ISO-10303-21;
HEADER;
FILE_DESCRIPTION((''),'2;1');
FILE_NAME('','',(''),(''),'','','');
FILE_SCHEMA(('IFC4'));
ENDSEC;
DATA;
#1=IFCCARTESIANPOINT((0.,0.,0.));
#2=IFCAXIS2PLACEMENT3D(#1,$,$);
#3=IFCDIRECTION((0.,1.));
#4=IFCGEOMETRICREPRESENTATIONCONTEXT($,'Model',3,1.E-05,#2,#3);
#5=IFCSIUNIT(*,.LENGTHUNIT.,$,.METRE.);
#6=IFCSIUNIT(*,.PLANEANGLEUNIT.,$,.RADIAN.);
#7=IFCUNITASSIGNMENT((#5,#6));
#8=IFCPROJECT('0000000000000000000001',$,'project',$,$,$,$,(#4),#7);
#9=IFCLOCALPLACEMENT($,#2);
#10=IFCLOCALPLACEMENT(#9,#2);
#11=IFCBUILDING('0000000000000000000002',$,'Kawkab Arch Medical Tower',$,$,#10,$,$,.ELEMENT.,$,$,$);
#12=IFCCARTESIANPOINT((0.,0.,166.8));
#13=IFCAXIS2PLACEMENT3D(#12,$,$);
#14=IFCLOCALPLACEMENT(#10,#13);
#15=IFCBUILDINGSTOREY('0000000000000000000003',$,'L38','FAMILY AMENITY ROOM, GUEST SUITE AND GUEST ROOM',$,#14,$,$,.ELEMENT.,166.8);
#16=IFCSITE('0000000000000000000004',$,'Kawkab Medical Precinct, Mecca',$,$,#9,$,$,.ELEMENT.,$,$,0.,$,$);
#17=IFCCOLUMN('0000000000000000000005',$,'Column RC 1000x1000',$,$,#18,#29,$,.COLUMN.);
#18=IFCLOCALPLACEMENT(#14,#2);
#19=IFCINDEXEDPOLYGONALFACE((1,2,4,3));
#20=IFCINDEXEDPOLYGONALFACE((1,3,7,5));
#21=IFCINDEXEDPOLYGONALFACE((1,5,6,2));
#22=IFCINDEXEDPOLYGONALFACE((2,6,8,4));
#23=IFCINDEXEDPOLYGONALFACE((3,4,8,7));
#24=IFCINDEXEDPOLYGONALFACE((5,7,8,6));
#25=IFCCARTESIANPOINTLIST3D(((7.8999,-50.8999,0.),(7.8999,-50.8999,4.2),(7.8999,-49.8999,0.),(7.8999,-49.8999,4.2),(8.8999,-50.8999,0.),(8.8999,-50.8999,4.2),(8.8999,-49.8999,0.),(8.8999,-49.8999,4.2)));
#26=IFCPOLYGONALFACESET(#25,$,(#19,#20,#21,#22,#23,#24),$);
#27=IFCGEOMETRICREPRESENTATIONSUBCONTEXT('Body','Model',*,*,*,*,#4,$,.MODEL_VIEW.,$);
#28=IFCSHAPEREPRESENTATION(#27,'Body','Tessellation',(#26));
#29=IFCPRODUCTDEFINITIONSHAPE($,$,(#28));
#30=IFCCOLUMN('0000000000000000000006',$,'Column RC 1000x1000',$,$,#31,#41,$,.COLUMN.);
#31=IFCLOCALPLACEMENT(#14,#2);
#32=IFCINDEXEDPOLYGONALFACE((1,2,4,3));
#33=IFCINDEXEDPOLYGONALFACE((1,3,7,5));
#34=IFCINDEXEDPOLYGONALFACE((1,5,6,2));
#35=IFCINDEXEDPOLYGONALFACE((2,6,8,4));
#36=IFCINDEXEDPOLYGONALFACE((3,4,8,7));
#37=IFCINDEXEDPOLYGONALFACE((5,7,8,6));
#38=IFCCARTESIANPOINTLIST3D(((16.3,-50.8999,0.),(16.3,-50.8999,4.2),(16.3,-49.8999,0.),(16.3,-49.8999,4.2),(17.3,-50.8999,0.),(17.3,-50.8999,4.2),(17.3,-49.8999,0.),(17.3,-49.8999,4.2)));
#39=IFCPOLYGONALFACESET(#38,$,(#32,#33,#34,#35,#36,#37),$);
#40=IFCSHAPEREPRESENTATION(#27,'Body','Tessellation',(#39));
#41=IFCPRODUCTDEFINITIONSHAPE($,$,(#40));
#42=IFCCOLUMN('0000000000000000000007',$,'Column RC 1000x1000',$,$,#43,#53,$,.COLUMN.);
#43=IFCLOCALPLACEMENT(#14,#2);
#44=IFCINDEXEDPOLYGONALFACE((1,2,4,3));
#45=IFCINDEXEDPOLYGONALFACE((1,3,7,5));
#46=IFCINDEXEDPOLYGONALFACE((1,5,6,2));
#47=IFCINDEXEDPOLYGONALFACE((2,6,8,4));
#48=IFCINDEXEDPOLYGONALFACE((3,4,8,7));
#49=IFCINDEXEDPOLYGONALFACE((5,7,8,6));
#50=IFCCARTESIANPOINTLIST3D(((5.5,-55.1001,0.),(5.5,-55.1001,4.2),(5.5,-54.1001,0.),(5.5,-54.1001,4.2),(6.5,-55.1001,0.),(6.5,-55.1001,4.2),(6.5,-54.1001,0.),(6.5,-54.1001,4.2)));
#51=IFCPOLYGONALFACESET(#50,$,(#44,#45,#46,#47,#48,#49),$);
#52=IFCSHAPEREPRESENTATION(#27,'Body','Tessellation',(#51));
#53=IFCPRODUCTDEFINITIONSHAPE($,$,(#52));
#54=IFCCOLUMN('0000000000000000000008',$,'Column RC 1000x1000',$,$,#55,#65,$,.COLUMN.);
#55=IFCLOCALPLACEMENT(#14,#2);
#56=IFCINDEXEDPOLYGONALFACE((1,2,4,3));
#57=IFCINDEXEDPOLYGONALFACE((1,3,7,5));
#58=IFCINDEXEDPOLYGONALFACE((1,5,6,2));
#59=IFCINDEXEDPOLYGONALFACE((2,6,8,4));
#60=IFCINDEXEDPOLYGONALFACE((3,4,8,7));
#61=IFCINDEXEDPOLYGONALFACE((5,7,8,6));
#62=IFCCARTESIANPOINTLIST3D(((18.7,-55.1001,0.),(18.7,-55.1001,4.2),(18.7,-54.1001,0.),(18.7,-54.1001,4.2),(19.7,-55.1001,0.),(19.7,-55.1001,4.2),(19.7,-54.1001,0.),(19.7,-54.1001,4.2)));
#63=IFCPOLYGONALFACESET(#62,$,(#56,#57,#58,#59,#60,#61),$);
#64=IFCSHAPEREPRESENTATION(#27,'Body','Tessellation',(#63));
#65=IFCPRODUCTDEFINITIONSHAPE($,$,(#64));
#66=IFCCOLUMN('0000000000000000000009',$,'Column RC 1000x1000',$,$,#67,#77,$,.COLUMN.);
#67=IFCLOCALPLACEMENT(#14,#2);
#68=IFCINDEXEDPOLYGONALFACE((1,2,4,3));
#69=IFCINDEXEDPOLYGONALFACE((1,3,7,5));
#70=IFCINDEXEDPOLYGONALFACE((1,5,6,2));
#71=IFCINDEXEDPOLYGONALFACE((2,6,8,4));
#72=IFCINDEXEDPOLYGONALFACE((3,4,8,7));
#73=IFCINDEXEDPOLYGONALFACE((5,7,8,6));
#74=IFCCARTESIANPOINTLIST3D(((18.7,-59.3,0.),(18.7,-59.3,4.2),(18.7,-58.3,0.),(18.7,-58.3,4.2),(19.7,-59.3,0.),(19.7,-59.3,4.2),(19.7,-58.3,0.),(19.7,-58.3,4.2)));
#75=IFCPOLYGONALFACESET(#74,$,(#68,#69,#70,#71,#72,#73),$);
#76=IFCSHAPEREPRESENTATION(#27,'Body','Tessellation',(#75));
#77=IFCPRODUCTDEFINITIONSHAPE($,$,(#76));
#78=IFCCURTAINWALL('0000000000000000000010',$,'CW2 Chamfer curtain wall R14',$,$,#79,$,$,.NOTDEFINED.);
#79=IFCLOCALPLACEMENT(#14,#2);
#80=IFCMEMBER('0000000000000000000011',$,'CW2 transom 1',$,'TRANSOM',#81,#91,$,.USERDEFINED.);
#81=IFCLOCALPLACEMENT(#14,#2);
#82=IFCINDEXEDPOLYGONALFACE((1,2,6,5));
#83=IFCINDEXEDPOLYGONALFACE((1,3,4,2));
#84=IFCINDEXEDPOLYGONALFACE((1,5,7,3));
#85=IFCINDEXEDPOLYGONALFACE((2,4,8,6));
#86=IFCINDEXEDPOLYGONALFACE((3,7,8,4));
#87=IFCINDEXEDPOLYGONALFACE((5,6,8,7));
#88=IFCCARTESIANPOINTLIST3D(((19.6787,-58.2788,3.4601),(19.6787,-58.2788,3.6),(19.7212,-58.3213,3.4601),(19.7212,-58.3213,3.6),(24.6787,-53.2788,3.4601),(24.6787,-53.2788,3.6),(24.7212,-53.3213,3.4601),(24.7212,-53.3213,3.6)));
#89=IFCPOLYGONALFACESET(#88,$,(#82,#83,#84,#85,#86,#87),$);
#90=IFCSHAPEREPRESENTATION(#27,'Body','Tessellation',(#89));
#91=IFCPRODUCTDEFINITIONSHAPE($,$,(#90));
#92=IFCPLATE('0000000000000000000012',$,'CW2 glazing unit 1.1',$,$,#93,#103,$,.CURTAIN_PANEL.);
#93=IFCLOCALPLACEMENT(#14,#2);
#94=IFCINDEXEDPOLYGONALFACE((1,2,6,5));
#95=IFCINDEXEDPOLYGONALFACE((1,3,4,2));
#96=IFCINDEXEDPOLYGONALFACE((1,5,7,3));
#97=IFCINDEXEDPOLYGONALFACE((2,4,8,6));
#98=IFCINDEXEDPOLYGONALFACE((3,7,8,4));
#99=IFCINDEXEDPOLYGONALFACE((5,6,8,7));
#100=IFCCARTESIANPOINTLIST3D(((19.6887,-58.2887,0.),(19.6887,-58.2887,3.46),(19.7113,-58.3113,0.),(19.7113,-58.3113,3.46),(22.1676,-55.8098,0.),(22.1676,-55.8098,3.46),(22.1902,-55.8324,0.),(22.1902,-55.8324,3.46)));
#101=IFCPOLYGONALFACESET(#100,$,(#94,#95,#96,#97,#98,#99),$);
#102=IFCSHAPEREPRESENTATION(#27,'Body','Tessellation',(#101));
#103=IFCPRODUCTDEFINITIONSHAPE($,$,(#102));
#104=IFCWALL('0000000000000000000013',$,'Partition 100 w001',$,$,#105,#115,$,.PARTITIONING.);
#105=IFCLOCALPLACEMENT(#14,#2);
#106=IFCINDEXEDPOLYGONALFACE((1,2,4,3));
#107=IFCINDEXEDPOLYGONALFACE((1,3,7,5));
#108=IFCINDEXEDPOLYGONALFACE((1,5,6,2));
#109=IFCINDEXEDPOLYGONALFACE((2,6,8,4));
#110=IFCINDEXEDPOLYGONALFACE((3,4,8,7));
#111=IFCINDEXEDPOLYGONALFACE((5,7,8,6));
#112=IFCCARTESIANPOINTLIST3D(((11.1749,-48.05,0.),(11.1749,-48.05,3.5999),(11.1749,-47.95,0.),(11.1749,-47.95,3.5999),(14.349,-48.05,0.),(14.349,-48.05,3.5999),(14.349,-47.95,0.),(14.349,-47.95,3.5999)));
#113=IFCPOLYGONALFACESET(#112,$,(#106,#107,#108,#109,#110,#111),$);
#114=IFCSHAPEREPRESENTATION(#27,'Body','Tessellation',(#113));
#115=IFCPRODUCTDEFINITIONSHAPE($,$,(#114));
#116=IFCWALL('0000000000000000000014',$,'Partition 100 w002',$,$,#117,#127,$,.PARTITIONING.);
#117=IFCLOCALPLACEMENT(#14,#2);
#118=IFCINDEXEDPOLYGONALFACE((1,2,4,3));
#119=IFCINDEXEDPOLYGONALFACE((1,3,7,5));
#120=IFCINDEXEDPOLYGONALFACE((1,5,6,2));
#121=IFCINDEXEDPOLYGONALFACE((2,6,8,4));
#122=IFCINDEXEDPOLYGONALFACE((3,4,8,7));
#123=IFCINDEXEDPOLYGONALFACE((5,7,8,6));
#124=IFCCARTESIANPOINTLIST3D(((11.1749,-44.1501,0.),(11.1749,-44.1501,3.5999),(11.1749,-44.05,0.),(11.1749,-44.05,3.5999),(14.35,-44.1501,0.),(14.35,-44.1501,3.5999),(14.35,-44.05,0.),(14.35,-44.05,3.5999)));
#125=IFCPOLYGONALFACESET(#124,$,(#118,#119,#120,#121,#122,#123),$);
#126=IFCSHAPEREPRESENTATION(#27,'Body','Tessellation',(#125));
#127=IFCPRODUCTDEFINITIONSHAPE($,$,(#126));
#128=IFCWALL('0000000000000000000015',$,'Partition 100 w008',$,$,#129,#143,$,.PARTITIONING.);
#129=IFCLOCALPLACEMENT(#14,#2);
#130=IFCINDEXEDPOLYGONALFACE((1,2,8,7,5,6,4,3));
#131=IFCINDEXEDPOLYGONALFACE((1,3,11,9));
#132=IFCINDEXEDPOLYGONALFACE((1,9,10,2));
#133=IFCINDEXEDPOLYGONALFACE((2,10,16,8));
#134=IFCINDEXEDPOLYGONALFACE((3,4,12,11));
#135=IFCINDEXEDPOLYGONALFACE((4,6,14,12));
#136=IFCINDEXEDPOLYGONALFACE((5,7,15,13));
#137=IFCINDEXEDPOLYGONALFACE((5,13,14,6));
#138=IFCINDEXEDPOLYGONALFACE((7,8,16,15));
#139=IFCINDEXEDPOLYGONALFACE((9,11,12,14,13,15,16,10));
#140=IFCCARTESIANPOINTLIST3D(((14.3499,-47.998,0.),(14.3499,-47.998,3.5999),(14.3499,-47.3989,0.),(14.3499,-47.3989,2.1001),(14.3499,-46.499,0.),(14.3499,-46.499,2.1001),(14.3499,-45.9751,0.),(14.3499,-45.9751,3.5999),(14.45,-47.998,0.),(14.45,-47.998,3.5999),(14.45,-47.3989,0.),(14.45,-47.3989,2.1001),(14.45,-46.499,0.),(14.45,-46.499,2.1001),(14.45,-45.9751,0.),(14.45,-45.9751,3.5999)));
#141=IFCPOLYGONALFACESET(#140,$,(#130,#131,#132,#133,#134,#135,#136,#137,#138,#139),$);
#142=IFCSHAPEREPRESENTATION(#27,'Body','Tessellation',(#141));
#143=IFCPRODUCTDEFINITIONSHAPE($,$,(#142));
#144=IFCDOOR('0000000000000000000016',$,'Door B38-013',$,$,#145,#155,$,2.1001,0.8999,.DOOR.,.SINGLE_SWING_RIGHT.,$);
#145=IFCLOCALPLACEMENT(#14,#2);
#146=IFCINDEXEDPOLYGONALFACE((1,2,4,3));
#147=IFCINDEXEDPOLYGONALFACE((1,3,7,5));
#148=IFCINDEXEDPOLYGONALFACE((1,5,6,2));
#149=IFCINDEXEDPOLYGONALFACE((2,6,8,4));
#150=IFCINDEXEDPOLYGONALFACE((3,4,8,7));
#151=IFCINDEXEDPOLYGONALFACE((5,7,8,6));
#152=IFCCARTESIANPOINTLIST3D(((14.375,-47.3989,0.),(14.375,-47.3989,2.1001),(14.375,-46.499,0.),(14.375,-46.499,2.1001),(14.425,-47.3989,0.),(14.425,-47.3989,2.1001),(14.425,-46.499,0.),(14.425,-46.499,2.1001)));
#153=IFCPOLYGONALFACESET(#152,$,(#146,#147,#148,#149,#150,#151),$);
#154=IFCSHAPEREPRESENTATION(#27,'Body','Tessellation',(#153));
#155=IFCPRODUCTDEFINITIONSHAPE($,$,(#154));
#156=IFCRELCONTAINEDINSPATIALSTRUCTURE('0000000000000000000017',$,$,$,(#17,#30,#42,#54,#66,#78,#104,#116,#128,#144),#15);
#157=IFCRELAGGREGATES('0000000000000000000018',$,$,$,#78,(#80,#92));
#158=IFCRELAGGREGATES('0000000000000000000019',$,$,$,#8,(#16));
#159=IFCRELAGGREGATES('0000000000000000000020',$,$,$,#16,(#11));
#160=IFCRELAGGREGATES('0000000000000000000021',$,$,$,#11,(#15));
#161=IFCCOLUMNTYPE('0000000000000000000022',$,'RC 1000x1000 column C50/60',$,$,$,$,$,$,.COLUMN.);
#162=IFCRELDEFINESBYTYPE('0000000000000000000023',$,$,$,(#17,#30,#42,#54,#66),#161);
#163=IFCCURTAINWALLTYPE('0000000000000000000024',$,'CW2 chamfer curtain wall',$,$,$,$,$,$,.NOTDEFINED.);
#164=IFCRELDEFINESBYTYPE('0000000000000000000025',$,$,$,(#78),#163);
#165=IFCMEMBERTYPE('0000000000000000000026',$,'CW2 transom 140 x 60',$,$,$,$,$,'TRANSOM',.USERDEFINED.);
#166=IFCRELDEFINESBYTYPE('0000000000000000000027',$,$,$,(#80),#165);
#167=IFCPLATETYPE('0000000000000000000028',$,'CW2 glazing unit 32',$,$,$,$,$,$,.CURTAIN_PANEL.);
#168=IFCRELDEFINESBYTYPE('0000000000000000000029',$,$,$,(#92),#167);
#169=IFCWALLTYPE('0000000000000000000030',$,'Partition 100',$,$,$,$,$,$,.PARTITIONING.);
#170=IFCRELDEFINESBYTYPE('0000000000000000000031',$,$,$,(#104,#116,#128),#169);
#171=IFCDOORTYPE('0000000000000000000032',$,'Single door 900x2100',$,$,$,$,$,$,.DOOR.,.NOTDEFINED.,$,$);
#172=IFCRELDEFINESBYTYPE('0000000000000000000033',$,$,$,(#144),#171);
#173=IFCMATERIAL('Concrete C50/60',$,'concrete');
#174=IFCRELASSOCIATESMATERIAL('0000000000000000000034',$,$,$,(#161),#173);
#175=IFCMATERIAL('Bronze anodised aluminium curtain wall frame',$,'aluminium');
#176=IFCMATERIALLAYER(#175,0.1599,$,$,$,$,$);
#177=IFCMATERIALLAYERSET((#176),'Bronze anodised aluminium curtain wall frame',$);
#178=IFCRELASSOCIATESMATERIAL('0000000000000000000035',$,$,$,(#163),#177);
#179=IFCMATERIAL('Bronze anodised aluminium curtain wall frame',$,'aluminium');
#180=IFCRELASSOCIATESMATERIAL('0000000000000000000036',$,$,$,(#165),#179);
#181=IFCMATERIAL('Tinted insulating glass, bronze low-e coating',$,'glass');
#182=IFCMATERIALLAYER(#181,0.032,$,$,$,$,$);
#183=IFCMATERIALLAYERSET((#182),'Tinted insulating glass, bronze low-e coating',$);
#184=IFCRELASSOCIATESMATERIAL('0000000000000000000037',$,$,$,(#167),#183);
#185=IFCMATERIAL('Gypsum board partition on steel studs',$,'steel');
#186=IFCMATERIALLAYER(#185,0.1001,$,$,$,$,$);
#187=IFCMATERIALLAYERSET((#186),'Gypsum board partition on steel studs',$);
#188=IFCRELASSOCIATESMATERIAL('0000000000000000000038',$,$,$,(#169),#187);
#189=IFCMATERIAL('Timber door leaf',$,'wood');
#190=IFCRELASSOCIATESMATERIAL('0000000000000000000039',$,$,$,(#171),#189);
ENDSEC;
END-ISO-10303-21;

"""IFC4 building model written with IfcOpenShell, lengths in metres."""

from ifc_helpers import new_model, si_unit, direction, frame, frame_2d, origin, origin_2d, place, context, subcontext, project, spatial, rectangle, extrude, material, layer, layer_set, material_profile, profile_set, type_object, element, fill, aggregate, save


model = new_model("IFC4")

# Units and contexts
model_context = context("Model", 3, precision=1e-05, world=origin(), true_north=direction((0.0, 1.0)))
body_context = subcontext(model_context, "Body", "Model", "MODEL_VIEW")
ifc_project = project(units=[si_unit("LENGTHUNIT", "METRE"), si_unit("PLANEANGLEUNIT", "RADIAN")], contexts=[model_context])

# Site, building, storey
site_placement = place(None, origin())
site = spatial("IfcSite", under=ifc_project, at=site_placement, Name="Kawkab Medical Precinct, Mecca", CompositionType="ELEMENT", RefElevation=0.0)
building_placement = place(site_placement, origin())
building = spatial("IfcBuilding", under=site, at=building_placement, Name="Kawkab Arch Medical Tower", CompositionType="ELEMENT")
storey_placement = place(building_placement, frame((0.0, 0.0, 166.8)))
storey = spatial("IfcBuildingStorey", under=building, at=storey_placement, Name="L38", Description="FAMILY AMENITY ROOM, GUEST SUITE AND GUEST ROOM", CompositionType="ELEMENT", Elevation=166.8)

# Columns
ifc_material_1 = material(Name="Concrete C50/60", Category="concrete")
ifc_material_profile_1 = material_profile(ifc_material_1, rectangle(XDim=1.0, YDim=1.0, at=origin_2d()), Name="RC 1000x1000")
ifc_profile_set_1 = profile_set([ifc_material_profile_1], Name="Concrete C50/60")
column_type = type_object("IfcColumnType", Name="RC 1000x1000 column C50/60", PredefinedType="COLUMN", material=ifc_profile_set_1)
for number, where, z_axis, x_axis, name in (
    (1, (8.3999, -50.3999, 0.0), (0.0, 0.0, 1.0), (1.0, 0.0, 0.0), "Column RC 1000x1000"),
    (2, (16.8, -50.3999, 0.0), (0.0, 0.0, 1.0), (1.0, 0.0, 0.0), "Column RC 1000x1000"),
    (3, (6.0, -54.6001, 0.0), (0.0, 0.0, 1.0), (1.0, 0.0, 0.0), "Column RC 1000x1000"),
    (4, (19.2, -54.6001, 0.0), (0.0, 0.0, 1.0), (1.0, 0.0, 0.0), "Column RC 1000x1000"),
    (5, (19.2, -58.8, 0.0), (0.0, 0.0, 1.0), (1.0, 0.0, 0.0), "Column RC 1000x1000"),
):
    element("IfcColumn", number, at=place(storey_placement, frame(where, z_axis=z_axis, x_axis=x_axis)), inside=storey, type_object=column_type, Name=name, PredefinedType="COLUMN", context=body_context, shape_type="SweptSolid", body=[
        extrude(rectangle(XDim=1.0, YDim=1.0, at=origin_2d()), origin(), (0.0, 0.0, 1.0), 4.2),
    ])

# Curtain wall, member, plate
ifc_material_2 = material(Name="Bronze anodised aluminium curtain wall frame", Category="aluminium")
ifc_layer_1 = layer(ifc_material_2, 0.1599)
ifc_layer_set_1 = layer_set([ifc_layer_1], Name="Bronze anodised aluminium curtain wall frame")
curtain_wall_type = type_object("IfcCurtainWallType", Name="CW2 chamfer curtain wall", PredefinedType="NOTDEFINED", material=ifc_layer_set_1)
curtain_wall_placement = place(storey_placement, origin())
curtain_wall = element("IfcCurtainWall", 6, at=curtain_wall_placement, inside=storey, type_object=curtain_wall_type, Name="CW2 Chamfer curtain wall R14", PredefinedType="NOTDEFINED")
ifc_material_3 = material(Name="Bronze anodised aluminium curtain wall frame", Category="aluminium")
ifc_material_profile_2 = material_profile(ifc_material_3, rectangle(XDim=0.0601, YDim=0.1399, at=origin_2d()), Name="AL 60x140")
ifc_profile_set_2 = profile_set([ifc_material_profile_2], Name="Bronze anodised aluminium curtain wall frame")
member_type = type_object("IfcMemberType", Name="CW2 transom 140 x 60", ElementType="TRANSOM", PredefinedType="USERDEFINED", material=ifc_profile_set_2)
member_placement = place(storey_placement, frame((19.7, -58.3, 3.53), z_axis=(0.707107, 0.707107, 0.0), x_axis=(-0.707107, 0.707107, 0.0)))
member = element("IfcMember", 7, at=member_placement, type_object=member_type, Name="CW2 transom 1", ObjectType="TRANSOM", PredefinedType="USERDEFINED", context=body_context, shape_type="SweptSolid", body=[
    extrude(rectangle(XDim=0.0601, YDim=0.1399, at=origin_2d()), origin(), (0.0, 0.0, 1.0), 7.071),
])
ifc_material_4 = material(Name="Tinted insulating glass, bronze low-e coating", Category="glass")
ifc_layer_2 = layer(ifc_material_4, 0.032)
ifc_layer_set_2 = layer_set([ifc_layer_2], Name="Tinted insulating glass, bronze low-e coating")
plate_type = type_object("IfcPlateType", Name="CW2 glazing unit 32", PredefinedType="CURTAIN_PANEL", material=ifc_layer_set_2)
plate_placement = place(storey_placement, frame((20.9395, -57.0605, 0.0), z_axis=(0.0, 0.0, 1.0), x_axis=(0.707107, 0.707107, 0.0)))
plate = element("IfcPlate", 8, at=plate_placement, type_object=plate_type, Name="CW2 glazing unit 1.1", PredefinedType="CURTAIN_PANEL", context=body_context, shape_type="SweptSolid", body=[
    extrude(rectangle(XDim=3.5056, YDim=0.032, at=origin_2d()), origin(), (0.0, 0.0, 1.0), 3.46),
])
aggregate(curtain_wall, [member, plate])

# Walls
ifc_material_5 = material(Name="Gypsum board partition on steel studs", Category="steel")
ifc_layer_3 = layer(ifc_material_5, 0.1001)
ifc_layer_set_3 = layer_set([ifc_layer_3], Name="Gypsum board partition on steel studs")
wall_type_1 = type_object("IfcWallType", Name="Partition 100", PredefinedType="PARTITIONING", material=ifc_layer_set_3)
wall_1_placement = place(storey_placement, frame((11.175, -48.0, 0.0), z_axis=(0.0, 0.0, 1.0), x_axis=(1.0, 0.0, 0.0)))
element("IfcWall", 9, at=wall_1_placement, inside=storey, type_object=wall_type_1, Name="Partition 100 w001", PredefinedType="PARTITIONING", context=body_context, shape_type="SweptSolid", body=[
    extrude(rectangle(XDim=3.1741, YDim=0.1001, at=frame_2d((1.5869, 0.0))), origin(), (0.0, 0.0, 1.0), 3.5999),
])
wall_2_placement = place(storey_placement, frame((11.175, -44.1001, 0.0), z_axis=(0.0, 0.0, 1.0), x_axis=(1.0, 0.0, 0.0)))
element("IfcWall", 10, at=wall_2_placement, inside=storey, type_object=wall_type_1, Name="Partition 100 w002", PredefinedType="PARTITIONING", context=body_context, shape_type="SweptSolid", body=[
    extrude(rectangle(XDim=3.175, YDim=0.1001, at=frame_2d((1.5874, 0.0))), origin(), (0.0, 0.0, 1.0), 3.5999),
])

# Wall, opening, door
wall_3_placement = place(storey_placement, frame((14.3999, -47.998, 0.0), z_axis=(0.0, 0.0, 1.0), x_axis=(0.0, 1.0, 0.0)))
wall_3 = element("IfcWall", 11, at=wall_3_placement, inside=storey, type_object=wall_type_1, Name="Partition 100 w008", PredefinedType="PARTITIONING", context=body_context, shape_type="SweptSolid", body=[
    extrude(rectangle(XDim=2.0229, YDim=0.1001, at=frame_2d((1.0115, 0.0))), origin(), (0.0, 0.0, 1.0), 3.5999),
])
opening_1_placement = place(wall_3_placement, frame((0.5991, 0.0, 0.0)))
opening_1 = element("IfcOpeningElement", 12, at=opening_1_placement, cuts=wall_3, PredefinedType="OPENING", context=body_context, shape_type="SweptSolid", body=[
    extrude(rectangle(XDim=0.8999, YDim=2.1001, at=frame_2d((0.45, 1.05))), frame((0.0, 0.0601, 0.0), z_axis=(0.0, -1.0, 0.0), x_axis=(1.0, 0.0, 0.0)), (0.0, 0.0, 1.0), 0.1201),
])
ifc_material_6 = material(Name="Timber door leaf", Category="wood")
door_type_1 = type_object("IfcDoorType", Name="Single door 900x2100", OperationType="NOTDEFINED", PredefinedType="DOOR", material=ifc_material_6)
door_1_placement = place(opening_1_placement, origin())
door_1 = element("IfcDoor", 13, at=door_1_placement, inside=storey, type_object=door_type_1, Name="Door B38-013", OperationType="SINGLE_SWING_RIGHT", OverallHeight=2.1001, OverallWidth=0.8999, PredefinedType="DOOR", context=body_context, shape_type="SweptSolid", body=[
    extrude(rectangle(XDim=0.8999, YDim=2.1001, at=frame_2d((0.45, 1.05))), frame((0.0, 0.0249, 0.0), z_axis=(0.0, -1.0, 0.0), x_axis=(1.0, 0.0, 0.0)), (0.0, 0.0, 1.0), 0.05),
])
fill(opening_1, door_1)

save(model, "model.ifc")
